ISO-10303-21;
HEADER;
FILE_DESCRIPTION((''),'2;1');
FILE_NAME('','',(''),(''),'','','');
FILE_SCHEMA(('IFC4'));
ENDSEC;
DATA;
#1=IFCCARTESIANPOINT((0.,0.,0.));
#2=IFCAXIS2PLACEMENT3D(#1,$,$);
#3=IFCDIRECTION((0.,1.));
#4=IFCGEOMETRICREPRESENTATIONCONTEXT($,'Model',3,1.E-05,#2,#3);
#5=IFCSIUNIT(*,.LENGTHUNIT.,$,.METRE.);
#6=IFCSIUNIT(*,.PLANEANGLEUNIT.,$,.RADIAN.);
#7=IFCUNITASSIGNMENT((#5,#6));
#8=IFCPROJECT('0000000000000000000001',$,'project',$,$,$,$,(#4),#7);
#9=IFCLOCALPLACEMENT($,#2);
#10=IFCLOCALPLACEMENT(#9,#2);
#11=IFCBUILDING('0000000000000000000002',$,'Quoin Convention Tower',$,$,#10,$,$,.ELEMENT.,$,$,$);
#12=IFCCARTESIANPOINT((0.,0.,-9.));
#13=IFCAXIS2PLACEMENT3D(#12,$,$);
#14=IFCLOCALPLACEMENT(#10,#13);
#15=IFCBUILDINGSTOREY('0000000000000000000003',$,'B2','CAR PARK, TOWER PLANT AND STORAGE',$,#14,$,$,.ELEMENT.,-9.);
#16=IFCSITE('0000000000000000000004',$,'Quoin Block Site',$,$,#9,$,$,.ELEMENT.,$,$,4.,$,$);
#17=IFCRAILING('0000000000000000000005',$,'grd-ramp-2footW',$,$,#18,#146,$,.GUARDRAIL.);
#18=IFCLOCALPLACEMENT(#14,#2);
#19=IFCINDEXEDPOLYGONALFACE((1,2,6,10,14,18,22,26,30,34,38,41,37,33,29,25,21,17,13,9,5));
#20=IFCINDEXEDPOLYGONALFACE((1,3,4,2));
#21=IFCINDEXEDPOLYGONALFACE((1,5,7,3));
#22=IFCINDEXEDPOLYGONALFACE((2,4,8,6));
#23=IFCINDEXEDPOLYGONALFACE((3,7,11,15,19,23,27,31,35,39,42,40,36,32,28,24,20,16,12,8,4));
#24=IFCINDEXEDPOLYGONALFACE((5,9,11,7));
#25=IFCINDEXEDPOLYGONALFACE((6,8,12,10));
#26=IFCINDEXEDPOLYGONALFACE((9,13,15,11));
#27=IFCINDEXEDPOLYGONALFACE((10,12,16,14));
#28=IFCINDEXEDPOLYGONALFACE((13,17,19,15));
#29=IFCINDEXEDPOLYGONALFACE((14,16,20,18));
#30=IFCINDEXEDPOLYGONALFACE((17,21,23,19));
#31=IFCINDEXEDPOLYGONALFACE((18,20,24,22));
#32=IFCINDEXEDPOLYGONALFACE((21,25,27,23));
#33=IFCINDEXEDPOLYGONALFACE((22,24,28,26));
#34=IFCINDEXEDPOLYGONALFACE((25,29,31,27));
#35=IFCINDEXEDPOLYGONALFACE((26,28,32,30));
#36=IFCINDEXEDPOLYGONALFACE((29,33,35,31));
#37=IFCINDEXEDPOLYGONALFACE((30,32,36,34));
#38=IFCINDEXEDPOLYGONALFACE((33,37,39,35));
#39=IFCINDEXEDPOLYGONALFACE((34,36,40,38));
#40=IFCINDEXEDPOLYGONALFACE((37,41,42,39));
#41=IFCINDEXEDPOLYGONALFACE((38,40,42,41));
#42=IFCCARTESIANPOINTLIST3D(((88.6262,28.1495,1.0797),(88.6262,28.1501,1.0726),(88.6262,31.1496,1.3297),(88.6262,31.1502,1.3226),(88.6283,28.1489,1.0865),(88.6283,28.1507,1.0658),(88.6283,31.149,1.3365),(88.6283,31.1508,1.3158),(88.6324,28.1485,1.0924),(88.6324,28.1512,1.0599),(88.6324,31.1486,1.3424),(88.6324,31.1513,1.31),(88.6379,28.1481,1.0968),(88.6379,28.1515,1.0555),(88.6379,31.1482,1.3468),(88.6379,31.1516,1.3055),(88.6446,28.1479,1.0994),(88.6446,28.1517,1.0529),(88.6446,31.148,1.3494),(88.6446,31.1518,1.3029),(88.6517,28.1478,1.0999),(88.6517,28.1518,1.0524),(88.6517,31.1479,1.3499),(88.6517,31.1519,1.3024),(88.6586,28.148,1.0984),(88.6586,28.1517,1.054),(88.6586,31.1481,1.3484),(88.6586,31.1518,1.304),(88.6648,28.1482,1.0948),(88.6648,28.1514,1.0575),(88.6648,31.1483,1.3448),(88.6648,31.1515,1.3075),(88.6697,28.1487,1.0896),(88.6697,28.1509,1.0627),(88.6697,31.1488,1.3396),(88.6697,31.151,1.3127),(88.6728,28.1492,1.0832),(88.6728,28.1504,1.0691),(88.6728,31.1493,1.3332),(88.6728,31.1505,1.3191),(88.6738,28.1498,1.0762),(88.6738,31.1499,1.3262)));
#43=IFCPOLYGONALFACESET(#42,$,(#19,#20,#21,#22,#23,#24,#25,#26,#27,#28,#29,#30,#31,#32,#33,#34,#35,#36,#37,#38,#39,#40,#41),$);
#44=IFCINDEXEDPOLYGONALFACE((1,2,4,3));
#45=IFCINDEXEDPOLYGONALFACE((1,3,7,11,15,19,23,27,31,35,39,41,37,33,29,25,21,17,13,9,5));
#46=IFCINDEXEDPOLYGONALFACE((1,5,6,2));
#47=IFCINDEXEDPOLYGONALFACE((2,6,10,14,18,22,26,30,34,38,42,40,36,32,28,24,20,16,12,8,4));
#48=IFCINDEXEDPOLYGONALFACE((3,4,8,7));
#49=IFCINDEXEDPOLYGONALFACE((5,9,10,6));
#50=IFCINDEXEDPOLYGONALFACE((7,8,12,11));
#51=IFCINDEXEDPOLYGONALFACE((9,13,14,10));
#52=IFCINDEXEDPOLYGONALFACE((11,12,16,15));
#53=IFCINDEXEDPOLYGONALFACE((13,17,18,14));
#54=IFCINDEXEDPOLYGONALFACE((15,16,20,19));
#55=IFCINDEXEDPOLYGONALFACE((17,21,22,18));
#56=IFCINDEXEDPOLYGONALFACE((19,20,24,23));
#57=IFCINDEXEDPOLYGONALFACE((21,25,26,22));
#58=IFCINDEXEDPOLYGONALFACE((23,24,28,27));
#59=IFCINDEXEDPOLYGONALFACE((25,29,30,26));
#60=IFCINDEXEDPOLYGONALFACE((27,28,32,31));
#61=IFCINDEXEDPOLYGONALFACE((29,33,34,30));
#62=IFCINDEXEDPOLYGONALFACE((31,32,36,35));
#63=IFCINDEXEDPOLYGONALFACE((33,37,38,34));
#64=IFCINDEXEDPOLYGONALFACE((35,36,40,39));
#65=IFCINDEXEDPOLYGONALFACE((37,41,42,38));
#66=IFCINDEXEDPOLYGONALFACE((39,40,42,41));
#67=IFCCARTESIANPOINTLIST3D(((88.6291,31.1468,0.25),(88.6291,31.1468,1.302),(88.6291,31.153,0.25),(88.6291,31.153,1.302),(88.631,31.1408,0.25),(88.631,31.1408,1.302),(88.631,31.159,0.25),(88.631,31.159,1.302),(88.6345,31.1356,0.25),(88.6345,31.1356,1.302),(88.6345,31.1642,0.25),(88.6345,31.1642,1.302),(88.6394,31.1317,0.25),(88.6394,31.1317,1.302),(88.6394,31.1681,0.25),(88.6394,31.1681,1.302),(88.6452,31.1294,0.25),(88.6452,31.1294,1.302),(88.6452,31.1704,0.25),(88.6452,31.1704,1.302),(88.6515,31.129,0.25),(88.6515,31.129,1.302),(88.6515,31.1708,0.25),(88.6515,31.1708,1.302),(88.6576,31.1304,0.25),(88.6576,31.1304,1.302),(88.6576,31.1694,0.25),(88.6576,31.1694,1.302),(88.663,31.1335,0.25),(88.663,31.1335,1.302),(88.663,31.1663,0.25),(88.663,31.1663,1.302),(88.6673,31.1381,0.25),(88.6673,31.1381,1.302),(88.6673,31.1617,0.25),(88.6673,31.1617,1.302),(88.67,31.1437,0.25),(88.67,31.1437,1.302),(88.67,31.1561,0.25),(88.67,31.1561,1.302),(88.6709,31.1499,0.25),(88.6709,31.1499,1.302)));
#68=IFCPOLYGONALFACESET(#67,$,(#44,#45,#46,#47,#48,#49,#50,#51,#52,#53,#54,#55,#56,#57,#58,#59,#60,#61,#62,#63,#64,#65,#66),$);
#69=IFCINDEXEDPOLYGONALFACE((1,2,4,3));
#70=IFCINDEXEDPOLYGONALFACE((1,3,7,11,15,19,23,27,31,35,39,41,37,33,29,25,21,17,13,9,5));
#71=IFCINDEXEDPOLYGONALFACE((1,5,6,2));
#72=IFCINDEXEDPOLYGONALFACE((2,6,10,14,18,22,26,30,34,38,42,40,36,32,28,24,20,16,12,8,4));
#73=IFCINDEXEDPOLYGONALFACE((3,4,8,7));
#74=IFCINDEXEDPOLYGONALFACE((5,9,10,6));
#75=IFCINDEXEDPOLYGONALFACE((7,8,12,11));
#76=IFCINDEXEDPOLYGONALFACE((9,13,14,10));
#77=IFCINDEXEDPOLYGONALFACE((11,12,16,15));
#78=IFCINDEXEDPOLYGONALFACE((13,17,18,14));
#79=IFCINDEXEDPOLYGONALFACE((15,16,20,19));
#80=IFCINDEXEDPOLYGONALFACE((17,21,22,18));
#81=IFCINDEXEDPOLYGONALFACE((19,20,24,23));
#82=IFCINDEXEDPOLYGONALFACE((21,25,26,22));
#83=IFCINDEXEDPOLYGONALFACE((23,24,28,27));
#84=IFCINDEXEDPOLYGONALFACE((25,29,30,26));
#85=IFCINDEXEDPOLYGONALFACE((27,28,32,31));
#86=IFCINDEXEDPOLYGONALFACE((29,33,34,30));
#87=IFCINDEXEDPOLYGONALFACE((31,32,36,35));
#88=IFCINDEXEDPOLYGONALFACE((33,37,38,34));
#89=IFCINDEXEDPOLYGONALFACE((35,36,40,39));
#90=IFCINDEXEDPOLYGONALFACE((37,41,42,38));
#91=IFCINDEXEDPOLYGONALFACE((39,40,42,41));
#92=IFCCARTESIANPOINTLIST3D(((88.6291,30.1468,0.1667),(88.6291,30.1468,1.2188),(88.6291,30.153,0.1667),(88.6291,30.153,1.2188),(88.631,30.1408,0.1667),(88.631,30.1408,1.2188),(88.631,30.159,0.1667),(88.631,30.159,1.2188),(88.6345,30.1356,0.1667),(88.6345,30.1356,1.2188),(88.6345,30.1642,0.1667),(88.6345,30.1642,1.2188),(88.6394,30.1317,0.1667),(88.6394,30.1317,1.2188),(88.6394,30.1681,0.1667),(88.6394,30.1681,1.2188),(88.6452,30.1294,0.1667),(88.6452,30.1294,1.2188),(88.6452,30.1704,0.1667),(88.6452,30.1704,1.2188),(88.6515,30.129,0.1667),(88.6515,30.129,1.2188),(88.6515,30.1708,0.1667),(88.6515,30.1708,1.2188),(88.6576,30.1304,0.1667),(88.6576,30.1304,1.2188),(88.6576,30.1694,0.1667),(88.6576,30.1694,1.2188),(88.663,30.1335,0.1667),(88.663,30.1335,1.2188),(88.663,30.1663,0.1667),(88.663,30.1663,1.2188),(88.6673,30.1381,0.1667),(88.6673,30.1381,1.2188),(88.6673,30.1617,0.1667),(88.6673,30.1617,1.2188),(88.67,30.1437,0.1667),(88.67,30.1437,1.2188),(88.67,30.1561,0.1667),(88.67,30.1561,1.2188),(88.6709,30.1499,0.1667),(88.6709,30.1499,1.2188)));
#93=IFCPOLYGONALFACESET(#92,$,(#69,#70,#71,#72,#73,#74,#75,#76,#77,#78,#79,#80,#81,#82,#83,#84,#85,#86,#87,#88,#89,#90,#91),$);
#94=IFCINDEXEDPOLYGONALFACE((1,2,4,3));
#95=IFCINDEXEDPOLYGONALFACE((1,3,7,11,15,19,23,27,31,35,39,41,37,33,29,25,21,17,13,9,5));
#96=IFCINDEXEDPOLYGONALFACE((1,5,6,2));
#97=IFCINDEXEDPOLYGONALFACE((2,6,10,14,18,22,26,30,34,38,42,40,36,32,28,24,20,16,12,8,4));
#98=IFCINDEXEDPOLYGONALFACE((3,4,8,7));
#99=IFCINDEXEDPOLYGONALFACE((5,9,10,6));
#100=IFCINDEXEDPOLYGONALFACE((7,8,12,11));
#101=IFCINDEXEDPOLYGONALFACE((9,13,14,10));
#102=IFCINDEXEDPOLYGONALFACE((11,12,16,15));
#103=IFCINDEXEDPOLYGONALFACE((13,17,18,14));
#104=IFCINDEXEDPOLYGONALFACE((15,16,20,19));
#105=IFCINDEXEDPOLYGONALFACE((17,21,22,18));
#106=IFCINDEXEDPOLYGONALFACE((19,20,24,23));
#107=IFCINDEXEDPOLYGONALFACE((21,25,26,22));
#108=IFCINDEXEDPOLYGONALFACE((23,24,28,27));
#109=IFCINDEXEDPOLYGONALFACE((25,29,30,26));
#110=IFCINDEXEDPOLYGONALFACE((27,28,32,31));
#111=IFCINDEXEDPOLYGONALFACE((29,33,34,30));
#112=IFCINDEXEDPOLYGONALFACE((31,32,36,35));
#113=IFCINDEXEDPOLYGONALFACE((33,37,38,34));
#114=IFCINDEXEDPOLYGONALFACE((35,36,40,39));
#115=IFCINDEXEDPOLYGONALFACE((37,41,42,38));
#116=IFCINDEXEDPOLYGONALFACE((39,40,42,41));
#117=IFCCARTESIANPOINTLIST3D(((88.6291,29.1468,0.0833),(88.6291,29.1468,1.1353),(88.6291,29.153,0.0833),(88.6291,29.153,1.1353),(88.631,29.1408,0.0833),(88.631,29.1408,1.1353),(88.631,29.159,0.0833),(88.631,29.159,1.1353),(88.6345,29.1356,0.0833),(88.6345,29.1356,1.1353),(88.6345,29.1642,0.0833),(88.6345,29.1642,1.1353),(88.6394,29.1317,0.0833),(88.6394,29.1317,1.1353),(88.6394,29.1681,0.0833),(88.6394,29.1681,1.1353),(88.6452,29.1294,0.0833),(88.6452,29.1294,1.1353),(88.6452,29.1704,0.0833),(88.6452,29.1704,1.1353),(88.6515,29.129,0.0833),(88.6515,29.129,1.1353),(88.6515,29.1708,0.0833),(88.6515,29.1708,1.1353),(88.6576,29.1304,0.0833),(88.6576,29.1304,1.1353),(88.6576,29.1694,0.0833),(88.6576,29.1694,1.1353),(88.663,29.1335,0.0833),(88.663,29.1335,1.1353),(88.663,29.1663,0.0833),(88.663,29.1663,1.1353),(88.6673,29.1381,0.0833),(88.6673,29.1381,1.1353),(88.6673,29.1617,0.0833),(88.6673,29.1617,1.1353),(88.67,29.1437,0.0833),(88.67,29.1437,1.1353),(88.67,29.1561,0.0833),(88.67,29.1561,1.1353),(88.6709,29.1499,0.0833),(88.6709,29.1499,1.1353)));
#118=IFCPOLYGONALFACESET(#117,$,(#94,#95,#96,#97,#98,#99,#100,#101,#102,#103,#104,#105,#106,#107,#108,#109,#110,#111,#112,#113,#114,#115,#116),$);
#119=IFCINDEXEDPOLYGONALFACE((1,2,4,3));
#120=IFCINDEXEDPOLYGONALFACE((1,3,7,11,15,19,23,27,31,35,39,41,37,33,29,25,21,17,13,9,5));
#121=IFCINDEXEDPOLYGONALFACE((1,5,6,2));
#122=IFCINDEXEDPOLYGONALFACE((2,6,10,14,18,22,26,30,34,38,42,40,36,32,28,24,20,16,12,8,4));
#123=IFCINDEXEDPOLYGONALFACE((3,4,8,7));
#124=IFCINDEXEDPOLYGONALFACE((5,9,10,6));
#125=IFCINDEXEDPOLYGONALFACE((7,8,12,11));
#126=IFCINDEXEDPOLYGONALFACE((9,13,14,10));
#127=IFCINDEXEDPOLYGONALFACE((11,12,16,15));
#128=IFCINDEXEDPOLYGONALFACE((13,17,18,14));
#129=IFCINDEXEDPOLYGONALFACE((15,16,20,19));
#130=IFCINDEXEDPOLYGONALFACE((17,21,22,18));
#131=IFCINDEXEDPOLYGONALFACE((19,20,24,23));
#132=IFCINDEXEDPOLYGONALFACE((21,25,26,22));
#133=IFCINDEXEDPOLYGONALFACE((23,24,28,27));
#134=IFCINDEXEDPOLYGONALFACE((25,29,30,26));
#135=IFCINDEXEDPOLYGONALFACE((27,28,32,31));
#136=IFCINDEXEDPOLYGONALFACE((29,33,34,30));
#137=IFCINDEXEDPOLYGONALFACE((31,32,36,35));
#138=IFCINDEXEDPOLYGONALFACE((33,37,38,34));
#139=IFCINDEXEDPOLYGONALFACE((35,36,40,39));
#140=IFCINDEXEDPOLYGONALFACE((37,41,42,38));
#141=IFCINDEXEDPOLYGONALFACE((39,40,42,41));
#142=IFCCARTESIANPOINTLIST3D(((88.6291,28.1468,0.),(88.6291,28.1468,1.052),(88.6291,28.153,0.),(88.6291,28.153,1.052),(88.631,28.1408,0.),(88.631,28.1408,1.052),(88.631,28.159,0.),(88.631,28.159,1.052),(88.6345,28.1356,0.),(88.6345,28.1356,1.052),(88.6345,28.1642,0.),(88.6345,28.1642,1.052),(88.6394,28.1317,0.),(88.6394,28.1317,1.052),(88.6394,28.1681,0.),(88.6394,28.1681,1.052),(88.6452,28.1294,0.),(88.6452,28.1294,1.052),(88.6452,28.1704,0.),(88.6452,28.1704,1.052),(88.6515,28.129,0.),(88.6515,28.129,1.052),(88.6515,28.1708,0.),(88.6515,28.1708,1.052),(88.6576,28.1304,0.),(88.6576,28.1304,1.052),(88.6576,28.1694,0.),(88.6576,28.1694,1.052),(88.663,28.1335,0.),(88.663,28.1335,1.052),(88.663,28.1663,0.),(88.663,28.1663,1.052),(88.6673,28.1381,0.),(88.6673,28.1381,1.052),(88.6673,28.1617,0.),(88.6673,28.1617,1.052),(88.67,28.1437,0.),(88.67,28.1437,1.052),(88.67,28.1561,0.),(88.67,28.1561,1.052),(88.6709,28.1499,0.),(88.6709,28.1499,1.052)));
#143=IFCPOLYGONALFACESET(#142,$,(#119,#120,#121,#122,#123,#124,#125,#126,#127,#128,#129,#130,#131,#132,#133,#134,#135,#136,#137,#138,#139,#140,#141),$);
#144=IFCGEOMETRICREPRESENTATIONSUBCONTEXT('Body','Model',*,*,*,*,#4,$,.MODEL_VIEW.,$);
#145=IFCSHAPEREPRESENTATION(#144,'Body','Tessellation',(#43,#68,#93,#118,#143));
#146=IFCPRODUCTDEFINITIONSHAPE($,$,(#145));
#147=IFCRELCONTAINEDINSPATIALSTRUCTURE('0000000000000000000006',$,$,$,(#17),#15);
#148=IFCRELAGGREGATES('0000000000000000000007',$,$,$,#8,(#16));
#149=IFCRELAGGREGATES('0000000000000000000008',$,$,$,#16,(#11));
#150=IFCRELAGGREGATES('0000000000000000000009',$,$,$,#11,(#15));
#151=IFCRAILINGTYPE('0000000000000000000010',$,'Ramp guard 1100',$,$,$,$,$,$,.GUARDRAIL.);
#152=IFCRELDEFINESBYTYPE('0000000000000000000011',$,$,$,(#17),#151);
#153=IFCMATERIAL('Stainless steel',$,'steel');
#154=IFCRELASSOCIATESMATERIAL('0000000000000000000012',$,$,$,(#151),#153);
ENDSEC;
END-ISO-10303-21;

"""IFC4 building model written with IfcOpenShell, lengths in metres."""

from ifc_helpers import new_model, si_unit, direction, frame, origin, origin_2d, place, context, subcontext, project, spatial, circle, extrude, material, type_object, element, save


model = new_model("IFC4")

# Units and contexts
model_context = context("Model", 3, precision=1e-05, world=origin(), true_north=direction((0.0, 1.0)))
body_context = subcontext(model_context, "Body", "Model", "MODEL_VIEW")
ifc_project = project(units=[si_unit("LENGTHUNIT", "METRE"), si_unit("PLANEANGLEUNIT", "RADIAN")], contexts=[model_context])

# Site, building, storey
site_placement = place(None, origin())
site = spatial("IfcSite", under=ifc_project, at=site_placement, Name="Quoin Block Site", CompositionType="ELEMENT", RefElevation=4.0)
building_placement = place(site_placement, origin())
building = spatial("IfcBuilding", under=site, at=building_placement, Name="Quoin Convention Tower", CompositionType="ELEMENT")
storey_placement = place(building_placement, frame((0.0, 0.0, -9.0)))
storey = spatial("IfcBuildingStorey", under=building, at=storey_placement, Name="B2", Description="CAR PARK, TOWER PLANT AND STORAGE", CompositionType="ELEMENT", Elevation=-9.0)

# Railing
ifc_material_1 = material(Name="Stainless steel", Category="steel")
railing_type = type_object("IfcRailingType", Name="Ramp guard 1100", PredefinedType="GUARDRAIL", material=ifc_material_1)
for number, where, name in (
    (1, (88.6499, 31.1499, 0.25), "grd-ramp-2footW"),
):
    element("IfcRailing", number, at=place(storey_placement, frame(where)), inside=storey, type_object=railing_type, Name=name, PredefinedType="GUARDRAIL", context=body_context, shape_type="SweptSolid", body=[
        extrude(circle(Radius=0.0239, at=origin_2d()), frame((0.0, 0.0, 1.0762), z_axis=(0.0, -0.996546, -0.083045), x_axis=(1.0, 0.0, 0.0)), (0.0, 0.0, 1.0), 3.0105),
        extrude(circle(Radius=0.021, at=origin_2d()), origin(), (0.0, 0.0, 1.0), 1.052),
        extrude(circle(Radius=0.021, at=origin_2d()), frame((0.0, -1.0, -0.0833)), (0.0, 0.0, 1.0), 1.052),
        extrude(circle(Radius=0.021, at=origin_2d()), frame((0.0, -2.0, -0.1667)), (0.0, 0.0, 1.0), 1.052),
        extrude(circle(Radius=0.021, at=origin_2d()), frame((0.0, -3.0, -0.25)), (0.0, 0.0, 1.0), 1.052),
    ])

save(model, "model.ifc")
